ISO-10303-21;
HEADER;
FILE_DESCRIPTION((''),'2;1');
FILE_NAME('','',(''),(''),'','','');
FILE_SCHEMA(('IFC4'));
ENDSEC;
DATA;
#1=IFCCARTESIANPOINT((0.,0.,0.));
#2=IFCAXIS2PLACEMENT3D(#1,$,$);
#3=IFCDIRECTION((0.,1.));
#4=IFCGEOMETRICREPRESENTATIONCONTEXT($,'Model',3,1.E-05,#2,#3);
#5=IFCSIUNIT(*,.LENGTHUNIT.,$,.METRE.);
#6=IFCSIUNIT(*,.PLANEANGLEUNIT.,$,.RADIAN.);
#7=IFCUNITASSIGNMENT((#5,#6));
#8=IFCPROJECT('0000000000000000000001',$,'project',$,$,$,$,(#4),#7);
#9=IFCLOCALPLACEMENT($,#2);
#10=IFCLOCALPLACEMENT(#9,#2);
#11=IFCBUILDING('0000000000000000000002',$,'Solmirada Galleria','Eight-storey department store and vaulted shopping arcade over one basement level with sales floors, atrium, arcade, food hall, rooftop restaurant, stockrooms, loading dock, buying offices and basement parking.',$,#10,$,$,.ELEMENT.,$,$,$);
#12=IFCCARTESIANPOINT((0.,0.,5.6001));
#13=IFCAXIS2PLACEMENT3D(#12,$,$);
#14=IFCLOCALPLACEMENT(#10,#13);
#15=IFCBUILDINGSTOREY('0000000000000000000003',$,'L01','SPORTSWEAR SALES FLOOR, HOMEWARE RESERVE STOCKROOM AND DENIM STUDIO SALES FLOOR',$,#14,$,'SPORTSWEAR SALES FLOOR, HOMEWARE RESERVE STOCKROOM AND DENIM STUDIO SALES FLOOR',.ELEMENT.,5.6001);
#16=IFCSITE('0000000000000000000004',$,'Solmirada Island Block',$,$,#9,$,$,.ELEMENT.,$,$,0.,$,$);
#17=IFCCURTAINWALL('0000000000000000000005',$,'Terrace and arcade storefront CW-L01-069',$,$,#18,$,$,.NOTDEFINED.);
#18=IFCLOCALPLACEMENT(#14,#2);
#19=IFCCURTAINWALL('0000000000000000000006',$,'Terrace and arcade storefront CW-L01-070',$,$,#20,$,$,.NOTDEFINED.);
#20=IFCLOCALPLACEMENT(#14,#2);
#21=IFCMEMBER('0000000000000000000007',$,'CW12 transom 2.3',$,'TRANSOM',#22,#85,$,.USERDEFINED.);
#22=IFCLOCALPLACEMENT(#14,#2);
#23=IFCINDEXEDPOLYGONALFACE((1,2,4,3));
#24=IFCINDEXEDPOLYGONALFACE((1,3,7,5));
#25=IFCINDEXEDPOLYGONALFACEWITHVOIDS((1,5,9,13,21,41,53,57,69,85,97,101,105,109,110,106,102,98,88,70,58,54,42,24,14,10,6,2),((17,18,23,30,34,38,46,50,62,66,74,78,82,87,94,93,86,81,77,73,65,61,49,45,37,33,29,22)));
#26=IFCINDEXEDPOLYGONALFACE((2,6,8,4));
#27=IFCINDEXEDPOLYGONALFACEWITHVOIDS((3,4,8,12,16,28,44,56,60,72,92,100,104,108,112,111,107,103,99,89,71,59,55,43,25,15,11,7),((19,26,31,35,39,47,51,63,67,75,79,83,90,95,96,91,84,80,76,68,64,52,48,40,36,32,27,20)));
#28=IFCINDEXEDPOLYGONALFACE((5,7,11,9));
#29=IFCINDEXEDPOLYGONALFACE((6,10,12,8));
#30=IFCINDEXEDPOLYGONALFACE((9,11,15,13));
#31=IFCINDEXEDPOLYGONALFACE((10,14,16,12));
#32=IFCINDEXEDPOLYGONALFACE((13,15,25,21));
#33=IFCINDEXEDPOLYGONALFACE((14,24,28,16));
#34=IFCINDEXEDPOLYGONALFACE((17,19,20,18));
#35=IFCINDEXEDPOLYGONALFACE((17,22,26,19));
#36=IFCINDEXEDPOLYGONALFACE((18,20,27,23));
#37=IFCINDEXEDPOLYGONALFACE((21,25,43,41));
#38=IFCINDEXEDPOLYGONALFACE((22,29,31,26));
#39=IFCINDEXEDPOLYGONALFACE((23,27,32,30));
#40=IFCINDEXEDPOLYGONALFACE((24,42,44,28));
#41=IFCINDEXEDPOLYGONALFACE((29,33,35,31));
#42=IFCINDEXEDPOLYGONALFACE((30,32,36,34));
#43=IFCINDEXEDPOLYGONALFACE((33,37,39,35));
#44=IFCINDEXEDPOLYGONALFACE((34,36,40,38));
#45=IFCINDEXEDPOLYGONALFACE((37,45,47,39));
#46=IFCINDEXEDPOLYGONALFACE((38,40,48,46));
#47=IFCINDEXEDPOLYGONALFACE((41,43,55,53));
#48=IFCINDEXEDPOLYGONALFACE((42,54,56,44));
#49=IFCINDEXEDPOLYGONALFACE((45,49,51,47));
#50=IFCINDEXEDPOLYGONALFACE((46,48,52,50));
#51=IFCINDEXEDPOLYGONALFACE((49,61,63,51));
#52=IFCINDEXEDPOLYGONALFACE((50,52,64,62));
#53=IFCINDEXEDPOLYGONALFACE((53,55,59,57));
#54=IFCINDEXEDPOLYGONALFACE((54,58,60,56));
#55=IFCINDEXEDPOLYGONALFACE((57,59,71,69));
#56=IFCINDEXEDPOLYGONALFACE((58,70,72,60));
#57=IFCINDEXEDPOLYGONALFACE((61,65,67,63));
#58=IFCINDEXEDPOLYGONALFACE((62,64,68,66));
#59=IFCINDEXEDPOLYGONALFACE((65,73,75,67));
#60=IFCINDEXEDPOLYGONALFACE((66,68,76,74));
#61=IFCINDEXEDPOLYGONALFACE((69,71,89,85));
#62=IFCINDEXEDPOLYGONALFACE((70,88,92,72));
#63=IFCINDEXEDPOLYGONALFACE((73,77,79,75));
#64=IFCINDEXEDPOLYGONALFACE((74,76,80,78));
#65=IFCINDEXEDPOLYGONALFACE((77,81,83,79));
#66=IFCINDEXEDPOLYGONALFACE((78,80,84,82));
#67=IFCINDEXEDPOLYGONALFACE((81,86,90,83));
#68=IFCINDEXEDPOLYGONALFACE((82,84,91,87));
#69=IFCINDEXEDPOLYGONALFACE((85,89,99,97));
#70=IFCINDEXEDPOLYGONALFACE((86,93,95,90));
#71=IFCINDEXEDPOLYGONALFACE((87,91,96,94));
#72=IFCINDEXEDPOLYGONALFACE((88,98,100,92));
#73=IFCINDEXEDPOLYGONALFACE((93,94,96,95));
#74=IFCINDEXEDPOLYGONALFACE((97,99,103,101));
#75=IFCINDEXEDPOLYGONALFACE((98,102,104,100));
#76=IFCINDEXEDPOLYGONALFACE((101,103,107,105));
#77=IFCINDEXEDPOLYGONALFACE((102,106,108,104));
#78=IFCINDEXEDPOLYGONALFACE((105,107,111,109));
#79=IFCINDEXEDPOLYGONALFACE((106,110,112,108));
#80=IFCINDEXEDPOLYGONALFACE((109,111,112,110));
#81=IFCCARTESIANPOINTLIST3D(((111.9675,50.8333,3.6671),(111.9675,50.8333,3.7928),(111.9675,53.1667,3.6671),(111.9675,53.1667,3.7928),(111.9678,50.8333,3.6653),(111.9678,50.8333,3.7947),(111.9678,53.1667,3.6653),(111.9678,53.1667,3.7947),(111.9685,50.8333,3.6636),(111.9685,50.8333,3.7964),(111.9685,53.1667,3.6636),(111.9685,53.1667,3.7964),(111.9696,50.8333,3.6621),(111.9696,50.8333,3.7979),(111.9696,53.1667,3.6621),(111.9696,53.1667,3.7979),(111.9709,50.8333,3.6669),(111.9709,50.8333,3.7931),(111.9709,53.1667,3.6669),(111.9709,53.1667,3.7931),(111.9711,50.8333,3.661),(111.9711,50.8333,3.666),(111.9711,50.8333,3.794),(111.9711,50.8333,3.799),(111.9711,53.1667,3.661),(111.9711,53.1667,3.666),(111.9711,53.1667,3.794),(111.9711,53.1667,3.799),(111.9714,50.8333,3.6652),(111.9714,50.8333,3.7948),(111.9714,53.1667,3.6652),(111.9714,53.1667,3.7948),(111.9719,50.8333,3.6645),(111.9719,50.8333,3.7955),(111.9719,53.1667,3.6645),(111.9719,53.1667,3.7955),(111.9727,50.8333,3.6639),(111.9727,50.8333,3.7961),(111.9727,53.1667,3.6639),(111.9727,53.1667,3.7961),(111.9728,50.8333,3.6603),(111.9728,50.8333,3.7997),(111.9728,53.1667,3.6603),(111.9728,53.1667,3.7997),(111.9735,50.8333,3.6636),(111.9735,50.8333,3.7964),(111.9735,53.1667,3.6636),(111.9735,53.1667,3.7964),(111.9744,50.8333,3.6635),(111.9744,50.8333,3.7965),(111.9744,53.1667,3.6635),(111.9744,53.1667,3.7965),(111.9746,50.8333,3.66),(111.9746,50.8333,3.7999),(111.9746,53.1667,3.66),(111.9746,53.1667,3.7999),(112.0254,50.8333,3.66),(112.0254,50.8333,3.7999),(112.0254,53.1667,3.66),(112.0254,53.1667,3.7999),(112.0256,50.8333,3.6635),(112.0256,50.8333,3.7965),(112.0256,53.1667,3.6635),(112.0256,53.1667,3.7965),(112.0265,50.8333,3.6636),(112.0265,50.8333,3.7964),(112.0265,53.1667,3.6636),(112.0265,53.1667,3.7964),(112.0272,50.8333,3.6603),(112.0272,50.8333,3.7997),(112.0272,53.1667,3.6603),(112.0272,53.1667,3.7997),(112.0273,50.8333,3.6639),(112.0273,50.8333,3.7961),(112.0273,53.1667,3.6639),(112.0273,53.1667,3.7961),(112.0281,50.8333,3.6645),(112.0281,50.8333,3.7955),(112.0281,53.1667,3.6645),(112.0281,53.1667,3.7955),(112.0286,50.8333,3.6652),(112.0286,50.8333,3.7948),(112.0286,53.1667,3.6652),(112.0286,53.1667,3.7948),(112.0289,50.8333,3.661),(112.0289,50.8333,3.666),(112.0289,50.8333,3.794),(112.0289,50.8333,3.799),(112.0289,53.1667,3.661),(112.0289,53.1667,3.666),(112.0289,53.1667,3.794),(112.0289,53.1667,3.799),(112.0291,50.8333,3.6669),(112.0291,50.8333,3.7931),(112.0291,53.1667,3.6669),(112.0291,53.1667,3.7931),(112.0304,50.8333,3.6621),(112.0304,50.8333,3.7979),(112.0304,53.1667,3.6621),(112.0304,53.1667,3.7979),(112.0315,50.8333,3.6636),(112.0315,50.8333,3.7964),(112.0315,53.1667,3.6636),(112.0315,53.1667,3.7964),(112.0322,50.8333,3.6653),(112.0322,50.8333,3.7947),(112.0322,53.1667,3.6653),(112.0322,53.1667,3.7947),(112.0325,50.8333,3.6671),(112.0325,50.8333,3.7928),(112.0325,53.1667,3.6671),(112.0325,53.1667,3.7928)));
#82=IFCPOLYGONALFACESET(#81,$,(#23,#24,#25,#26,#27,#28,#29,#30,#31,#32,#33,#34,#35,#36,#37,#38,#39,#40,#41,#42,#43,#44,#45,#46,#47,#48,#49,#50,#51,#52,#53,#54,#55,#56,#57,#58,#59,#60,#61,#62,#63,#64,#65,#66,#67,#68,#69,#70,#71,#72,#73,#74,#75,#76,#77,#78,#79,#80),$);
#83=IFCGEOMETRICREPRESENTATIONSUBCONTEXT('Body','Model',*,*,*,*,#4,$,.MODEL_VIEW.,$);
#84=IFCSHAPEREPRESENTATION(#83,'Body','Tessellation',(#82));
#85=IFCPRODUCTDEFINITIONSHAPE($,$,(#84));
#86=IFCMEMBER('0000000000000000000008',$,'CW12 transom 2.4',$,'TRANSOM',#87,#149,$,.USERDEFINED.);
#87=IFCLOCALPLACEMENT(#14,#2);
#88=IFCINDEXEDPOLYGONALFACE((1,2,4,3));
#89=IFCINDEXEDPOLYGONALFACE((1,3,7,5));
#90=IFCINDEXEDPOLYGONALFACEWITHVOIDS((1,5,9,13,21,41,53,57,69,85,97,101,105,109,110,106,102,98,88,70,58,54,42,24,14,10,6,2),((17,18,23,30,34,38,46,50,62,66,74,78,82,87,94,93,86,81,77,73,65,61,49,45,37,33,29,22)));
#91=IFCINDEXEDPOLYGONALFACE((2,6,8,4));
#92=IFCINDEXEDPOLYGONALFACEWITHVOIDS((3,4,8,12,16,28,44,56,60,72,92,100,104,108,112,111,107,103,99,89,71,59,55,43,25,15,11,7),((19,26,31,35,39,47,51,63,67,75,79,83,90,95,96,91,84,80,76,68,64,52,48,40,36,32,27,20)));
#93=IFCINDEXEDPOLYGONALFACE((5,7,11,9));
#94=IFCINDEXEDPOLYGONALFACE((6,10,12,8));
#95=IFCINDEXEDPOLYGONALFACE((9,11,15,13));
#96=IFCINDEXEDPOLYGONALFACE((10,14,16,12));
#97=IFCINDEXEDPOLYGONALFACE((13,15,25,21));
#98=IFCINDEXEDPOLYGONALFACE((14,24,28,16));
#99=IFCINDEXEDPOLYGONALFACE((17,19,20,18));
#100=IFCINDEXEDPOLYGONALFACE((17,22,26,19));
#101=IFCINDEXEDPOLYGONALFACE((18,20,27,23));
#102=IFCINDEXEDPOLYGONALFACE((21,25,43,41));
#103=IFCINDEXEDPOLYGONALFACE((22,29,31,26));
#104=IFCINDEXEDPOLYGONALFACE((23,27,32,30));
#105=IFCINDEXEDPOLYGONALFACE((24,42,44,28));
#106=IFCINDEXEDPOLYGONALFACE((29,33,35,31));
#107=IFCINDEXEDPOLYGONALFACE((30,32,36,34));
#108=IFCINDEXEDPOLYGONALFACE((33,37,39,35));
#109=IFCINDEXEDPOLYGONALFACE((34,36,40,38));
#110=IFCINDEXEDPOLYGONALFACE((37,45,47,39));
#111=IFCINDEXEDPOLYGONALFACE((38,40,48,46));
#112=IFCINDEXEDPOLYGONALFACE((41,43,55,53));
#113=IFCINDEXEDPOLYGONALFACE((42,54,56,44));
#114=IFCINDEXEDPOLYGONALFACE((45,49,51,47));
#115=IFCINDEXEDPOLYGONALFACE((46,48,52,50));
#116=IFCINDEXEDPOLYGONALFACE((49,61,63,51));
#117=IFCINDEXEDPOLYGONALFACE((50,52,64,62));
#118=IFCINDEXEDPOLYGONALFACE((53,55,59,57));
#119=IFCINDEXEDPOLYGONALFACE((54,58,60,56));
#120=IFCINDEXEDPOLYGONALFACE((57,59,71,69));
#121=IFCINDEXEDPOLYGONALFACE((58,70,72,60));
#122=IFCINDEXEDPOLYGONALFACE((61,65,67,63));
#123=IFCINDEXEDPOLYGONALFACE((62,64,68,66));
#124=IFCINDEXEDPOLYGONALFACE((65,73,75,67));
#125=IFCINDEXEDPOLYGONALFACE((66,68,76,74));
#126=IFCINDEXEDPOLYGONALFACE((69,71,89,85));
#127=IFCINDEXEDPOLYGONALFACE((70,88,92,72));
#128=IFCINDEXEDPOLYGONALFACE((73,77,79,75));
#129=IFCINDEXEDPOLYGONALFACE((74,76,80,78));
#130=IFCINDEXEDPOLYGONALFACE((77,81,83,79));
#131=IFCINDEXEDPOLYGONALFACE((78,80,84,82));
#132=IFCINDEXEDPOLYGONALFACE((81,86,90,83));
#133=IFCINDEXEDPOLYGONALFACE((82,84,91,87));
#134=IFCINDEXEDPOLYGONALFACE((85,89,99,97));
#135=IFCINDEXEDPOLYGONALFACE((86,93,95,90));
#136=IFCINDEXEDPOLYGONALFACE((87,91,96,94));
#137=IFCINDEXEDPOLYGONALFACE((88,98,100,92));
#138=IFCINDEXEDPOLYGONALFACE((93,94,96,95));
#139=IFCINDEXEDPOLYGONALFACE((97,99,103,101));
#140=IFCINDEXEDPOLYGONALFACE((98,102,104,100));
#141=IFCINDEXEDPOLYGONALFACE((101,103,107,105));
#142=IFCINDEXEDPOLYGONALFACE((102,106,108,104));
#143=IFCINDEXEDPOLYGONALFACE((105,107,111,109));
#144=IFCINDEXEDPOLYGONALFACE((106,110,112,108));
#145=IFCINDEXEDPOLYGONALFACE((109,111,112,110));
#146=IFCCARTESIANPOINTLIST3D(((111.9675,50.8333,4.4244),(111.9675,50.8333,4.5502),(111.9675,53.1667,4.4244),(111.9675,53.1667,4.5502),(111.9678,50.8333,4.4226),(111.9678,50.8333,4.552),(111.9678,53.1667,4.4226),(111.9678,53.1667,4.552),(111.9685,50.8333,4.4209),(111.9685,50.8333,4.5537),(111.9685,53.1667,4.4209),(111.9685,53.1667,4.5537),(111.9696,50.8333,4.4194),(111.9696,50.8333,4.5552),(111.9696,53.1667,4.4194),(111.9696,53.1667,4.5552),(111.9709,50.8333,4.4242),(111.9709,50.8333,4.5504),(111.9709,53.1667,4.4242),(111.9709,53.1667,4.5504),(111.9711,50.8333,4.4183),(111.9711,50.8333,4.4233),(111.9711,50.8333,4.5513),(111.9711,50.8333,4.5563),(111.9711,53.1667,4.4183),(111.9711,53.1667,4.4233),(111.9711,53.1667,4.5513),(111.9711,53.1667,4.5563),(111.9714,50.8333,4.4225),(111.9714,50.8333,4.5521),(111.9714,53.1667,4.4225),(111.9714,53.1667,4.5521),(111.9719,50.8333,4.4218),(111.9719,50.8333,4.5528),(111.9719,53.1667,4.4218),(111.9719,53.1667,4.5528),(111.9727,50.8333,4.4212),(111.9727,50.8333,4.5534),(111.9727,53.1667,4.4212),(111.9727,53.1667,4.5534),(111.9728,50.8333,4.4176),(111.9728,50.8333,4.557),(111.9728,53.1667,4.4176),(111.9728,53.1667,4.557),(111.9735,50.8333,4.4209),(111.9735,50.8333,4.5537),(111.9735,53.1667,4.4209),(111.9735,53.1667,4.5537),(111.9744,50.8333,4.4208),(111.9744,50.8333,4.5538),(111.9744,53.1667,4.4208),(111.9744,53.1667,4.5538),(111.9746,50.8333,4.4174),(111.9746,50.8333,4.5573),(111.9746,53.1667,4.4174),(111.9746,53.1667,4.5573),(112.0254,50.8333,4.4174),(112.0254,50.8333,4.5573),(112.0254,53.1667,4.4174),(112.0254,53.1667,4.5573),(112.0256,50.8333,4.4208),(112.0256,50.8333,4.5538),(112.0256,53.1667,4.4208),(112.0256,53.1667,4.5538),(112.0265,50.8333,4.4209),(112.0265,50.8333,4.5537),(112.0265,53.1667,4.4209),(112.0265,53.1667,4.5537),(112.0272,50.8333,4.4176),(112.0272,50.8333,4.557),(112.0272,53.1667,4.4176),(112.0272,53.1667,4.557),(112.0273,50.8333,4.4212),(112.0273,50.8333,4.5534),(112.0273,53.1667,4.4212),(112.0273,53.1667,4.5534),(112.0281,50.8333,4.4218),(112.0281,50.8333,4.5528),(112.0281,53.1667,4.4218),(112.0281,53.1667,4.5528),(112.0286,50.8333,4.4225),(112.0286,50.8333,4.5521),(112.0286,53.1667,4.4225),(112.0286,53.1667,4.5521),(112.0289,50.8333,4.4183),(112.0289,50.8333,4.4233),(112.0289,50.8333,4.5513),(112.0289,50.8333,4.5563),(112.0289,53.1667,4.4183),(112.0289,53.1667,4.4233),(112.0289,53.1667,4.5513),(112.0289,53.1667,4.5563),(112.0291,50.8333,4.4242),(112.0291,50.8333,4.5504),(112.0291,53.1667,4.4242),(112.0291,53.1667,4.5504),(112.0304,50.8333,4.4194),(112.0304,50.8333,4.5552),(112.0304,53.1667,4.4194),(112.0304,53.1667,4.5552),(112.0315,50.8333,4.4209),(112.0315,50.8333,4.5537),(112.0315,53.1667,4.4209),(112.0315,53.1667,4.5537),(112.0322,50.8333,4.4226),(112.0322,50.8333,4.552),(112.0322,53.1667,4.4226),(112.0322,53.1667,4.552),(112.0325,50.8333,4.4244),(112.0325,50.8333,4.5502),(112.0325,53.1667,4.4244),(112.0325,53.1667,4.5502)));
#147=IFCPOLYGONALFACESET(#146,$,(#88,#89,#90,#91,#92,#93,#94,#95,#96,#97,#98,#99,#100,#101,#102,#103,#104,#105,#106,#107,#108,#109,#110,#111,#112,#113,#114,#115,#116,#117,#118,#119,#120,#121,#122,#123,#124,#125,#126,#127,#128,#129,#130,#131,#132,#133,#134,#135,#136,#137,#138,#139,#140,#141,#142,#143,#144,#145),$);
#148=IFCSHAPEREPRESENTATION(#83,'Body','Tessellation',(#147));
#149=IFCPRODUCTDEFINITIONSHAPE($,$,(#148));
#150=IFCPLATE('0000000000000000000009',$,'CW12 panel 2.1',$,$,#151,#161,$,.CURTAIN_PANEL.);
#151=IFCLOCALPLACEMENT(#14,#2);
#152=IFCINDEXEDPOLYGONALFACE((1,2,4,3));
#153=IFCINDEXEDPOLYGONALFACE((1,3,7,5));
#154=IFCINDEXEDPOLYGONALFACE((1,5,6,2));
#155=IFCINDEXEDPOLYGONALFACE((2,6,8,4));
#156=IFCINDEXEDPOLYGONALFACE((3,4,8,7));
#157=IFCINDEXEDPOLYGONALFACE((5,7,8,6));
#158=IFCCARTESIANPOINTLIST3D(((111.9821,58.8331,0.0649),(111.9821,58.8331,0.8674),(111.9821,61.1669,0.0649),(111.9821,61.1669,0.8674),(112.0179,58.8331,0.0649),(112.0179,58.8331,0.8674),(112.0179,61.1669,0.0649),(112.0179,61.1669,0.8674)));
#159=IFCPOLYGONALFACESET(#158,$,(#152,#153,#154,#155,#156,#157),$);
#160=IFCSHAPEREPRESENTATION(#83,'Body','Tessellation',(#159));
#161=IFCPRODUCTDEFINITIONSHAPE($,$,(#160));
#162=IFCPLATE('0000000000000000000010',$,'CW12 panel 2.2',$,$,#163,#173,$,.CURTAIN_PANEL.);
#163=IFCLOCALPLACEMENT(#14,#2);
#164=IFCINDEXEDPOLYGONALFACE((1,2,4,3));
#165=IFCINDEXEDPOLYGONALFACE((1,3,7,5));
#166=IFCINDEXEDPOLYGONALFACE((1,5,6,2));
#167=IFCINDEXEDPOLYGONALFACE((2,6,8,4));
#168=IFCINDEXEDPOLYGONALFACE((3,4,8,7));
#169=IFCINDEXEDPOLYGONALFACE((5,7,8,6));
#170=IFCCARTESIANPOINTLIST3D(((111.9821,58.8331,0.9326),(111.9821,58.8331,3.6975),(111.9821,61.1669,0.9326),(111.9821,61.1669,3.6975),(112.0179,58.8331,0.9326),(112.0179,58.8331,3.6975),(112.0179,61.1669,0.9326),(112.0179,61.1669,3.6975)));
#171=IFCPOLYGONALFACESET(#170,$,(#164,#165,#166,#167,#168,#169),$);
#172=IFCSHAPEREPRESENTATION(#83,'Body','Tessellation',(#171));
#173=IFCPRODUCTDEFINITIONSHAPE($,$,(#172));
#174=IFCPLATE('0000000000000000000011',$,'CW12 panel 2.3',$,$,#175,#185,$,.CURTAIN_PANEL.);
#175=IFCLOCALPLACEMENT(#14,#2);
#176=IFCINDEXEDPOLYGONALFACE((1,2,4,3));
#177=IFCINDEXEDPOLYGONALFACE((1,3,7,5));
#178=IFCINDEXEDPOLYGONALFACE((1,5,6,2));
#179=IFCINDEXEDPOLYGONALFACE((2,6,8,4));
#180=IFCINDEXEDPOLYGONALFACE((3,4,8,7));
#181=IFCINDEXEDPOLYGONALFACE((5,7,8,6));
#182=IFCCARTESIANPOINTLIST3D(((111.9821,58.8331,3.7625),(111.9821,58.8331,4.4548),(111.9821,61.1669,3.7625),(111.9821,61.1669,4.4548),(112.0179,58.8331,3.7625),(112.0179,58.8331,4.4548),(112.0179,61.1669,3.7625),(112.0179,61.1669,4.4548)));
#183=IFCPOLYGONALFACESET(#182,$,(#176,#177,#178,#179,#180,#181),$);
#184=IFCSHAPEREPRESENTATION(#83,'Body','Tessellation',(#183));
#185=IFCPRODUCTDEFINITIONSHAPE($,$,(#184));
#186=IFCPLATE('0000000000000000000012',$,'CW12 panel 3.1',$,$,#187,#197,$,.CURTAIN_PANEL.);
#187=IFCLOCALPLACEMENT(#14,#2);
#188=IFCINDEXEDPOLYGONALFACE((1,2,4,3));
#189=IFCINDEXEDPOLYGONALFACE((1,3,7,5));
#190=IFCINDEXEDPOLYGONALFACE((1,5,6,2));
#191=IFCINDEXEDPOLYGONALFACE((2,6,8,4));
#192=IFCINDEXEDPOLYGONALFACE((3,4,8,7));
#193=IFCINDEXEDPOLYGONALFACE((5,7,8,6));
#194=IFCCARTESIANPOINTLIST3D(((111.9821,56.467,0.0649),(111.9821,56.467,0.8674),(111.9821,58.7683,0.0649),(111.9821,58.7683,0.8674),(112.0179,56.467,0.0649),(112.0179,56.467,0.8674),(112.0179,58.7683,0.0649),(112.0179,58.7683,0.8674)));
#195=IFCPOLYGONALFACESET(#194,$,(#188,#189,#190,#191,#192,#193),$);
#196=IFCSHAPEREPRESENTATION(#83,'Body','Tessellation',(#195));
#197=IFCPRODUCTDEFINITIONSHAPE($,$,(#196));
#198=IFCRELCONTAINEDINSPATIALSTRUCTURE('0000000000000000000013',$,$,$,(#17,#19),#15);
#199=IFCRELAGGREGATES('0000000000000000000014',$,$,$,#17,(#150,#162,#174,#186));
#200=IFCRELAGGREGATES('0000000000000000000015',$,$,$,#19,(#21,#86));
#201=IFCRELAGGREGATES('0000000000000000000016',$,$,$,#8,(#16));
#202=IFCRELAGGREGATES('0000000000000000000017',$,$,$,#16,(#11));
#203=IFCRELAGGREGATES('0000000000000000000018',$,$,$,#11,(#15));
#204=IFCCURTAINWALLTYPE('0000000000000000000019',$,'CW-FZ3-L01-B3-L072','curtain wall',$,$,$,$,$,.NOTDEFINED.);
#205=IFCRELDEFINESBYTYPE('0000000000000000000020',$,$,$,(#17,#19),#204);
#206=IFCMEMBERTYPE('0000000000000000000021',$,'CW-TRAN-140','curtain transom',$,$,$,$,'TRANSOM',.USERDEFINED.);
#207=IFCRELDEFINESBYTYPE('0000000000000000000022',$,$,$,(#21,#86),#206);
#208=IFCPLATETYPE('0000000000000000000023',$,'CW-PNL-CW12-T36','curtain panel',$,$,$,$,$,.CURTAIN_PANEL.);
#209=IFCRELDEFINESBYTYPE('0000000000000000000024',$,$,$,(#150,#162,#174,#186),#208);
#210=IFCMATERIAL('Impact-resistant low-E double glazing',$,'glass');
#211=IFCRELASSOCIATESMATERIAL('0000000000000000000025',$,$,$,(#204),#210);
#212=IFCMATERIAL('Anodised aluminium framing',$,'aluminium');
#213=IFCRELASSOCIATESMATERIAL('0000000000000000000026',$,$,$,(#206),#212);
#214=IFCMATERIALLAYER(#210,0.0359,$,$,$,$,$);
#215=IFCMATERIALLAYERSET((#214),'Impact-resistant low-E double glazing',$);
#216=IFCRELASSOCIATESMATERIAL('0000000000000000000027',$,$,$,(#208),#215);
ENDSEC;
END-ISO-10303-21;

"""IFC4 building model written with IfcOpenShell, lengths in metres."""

from ifc_helpers import new_model, si_unit, direction, frame, origin, origin_2d, place, context, subcontext, project, spatial, rectangle, hollow_rectangle, extrude, material, layer, layer_set, material_profile, profile_set, type_object, element, aggregate, save


model = new_model("IFC4")

# Units and contexts
model_context = context("Model", 3, precision=1e-05, world=origin(), true_north=direction((0.0, 1.0)))
body_context = subcontext(model_context, "Body", "Model", "MODEL_VIEW")
ifc_project = project(units=[si_unit("LENGTHUNIT", "METRE"), si_unit("PLANEANGLEUNIT", "RADIAN")], contexts=[model_context])

# Site, building, storey
site_placement = place(None, origin())
site = spatial("IfcSite", under=ifc_project, at=site_placement, Name="Solmirada Island Block", CompositionType="ELEMENT", RefElevation=0.0)
building_placement = place(site_placement, origin())
building = spatial("IfcBuilding", under=site, at=building_placement, Name="Solmirada Galleria", Description="Eight-storey department store and vaulted shopping arcade over one basement level with sales floors, atrium, arcade, food hall, rooftop restaurant, stockrooms, loading dock, buying offices and basement parking.", CompositionType="ELEMENT")
storey_placement = place(building_placement, frame((0.0, 0.0, 5.6001)))
storey = spatial("IfcBuildingStorey", under=building, at=storey_placement, Name="L01", Description="SPORTSWEAR SALES FLOOR, HOMEWARE RESERVE STOCKROOM AND DENIM STUDIO SALES FLOOR", LongName="SPORTSWEAR SALES FLOOR, HOMEWARE RESERVE STOCKROOM AND DENIM STUDIO SALES FLOOR", CompositionType="ELEMENT", Elevation=5.6001)

# Curtain walls
ifc_material_1 = material(Name="Impact-resistant low-E double glazing", Category="glass")
curtain_wall_type = type_object("IfcCurtainWallType", Name="CW-FZ3-L01-B3-L072", Description="curtain wall", PredefinedType="NOTDEFINED", material=ifc_material_1)
curtain_wall_1_placement = place(storey_placement, origin())
curtain_wall_1 = element("IfcCurtainWall", 1, at=curtain_wall_1_placement, inside=storey, type_object=curtain_wall_type, Name="Terrace and arcade storefront CW-L01-069", PredefinedType="NOTDEFINED")
ifc_material_2 = material(Name="Anodised aluminium framing", Category="aluminium")
curtain_wall_2_placement = place(storey_placement, origin())
curtain_wall_2 = element("IfcCurtainWall", 2, at=curtain_wall_2_placement, inside=storey, type_object=curtain_wall_type, Name="Terrace and arcade storefront CW-L01-070", PredefinedType="NOTDEFINED")

# Members
ifc_material_profile_1 = material_profile(ifc_material_2, hollow_rectangle(XDim=0.0649, YDim=0.1399, WallThickness=0.0034, InnerFilletRadius=0.0034, OuterFilletRadius=0.0071, at=origin_2d()), Name="ALU-TRAN-140X65")
ifc_profile_set_1 = profile_set([ifc_material_profile_1], Name="Anodised aluminium framing")
member_type_1 = type_object("IfcMemberType", Name="CW-TRAN-140", Description="curtain transom", ElementType="TRANSOM", PredefinedType="USERDEFINED", material=ifc_profile_set_1)
member_1_placement = place(storey_placement, frame((112.0, 53.1667, 3.73), z_axis=(0.0, -1.0, 0.0), x_axis=(1.0, 0.0, 0.0)))
member_1 = element("IfcMember", 3, at=member_1_placement, type_object=member_type_1, Name="CW12 transom 2.3", ObjectType="TRANSOM", PredefinedType="USERDEFINED", context=body_context, shape_type="SweptSolid", body=[
    extrude(hollow_rectangle(XDim=0.0649, YDim=0.1399, WallThickness=0.0034, InnerFilletRadius=0.0034, OuterFilletRadius=0.0071, at=origin_2d()), origin(), (0.0, 0.0, 1.0), 2.3335),
])
member_2_placement = place(storey_placement, frame((112.0, 53.1667, 4.4873), z_axis=(0.0, -1.0, 0.0), x_axis=(1.0, 0.0, 0.0)))
member_2 = element("IfcMember", 4, at=member_2_placement, type_object=member_type_1, Name="CW12 transom 2.4", ObjectType="TRANSOM", PredefinedType="USERDEFINED", context=body_context, shape_type="SweptSolid", body=[
    extrude(hollow_rectangle(XDim=0.0649, YDim=0.1399, WallThickness=0.0034, InnerFilletRadius=0.0034, OuterFilletRadius=0.0071, at=origin_2d()), origin(), (0.0, 0.0, 1.0), 2.3335),
])

# Plates
ifc_layer = layer(ifc_material_1, 0.0359)
ifc_layer_set = layer_set([ifc_layer], Name="Impact-resistant low-E double glazing")
plate_type = type_object("IfcPlateType", Name="CW-PNL-CW12-T36", Description="curtain panel", PredefinedType="CURTAIN_PANEL", material=ifc_layer_set)
plate_1_placement = place(storey_placement, frame((112.0, 60.0, 0.0649), z_axis=(0.0, 0.0, 1.0), x_axis=(0.0, -1.0, 0.0)))
plate_1 = element("IfcPlate", 5, at=plate_1_placement, type_object=plate_type, Name="CW12 panel 2.1", PredefinedType="CURTAIN_PANEL", context=body_context, shape_type="SweptSolid", body=[
    extrude(rectangle(XDim=2.3337, YDim=0.0359, at=origin_2d()), origin(), (0.0, 0.0, 1.0), 0.8025),
])
plate_2_placement = place(storey_placement, frame((112.0, 60.0, 0.9326), z_axis=(0.0, 0.0, 1.0), x_axis=(0.0, -1.0, 0.0)))
plate_2 = element("IfcPlate", 6, at=plate_2_placement, type_object=plate_type, Name="CW12 panel 2.2", PredefinedType="CURTAIN_PANEL", context=body_context, shape_type="SweptSolid", body=[
    extrude(rectangle(XDim=2.3337, YDim=0.0359, at=origin_2d()), origin(), (0.0, 0.0, 1.0), 2.7649),
])
plate_3_placement = place(storey_placement, frame((112.0, 60.0, 3.7625), z_axis=(0.0, 0.0, 1.0), x_axis=(0.0, -1.0, 0.0)))
plate_3 = element("IfcPlate", 7, at=plate_3_placement, type_object=plate_type, Name="CW12 panel 2.3", PredefinedType="CURTAIN_PANEL", context=body_context, shape_type="SweptSolid", body=[
    extrude(rectangle(XDim=2.3337, YDim=0.0359, at=origin_2d()), origin(), (0.0, 0.0, 1.0), 0.6924),
])
plate_4_placement = place(storey_placement, frame((112.0, 57.6177, 0.0649), z_axis=(0.0, 0.0, 1.0), x_axis=(0.0, -1.0, 0.0)))
plate_4 = element("IfcPlate", 8, at=plate_4_placement, type_object=plate_type, Name="CW12 panel 3.1", PredefinedType="CURTAIN_PANEL", context=body_context, shape_type="SweptSolid", body=[
    extrude(rectangle(XDim=2.3013, YDim=0.0359, at=origin_2d()), origin(), (0.0, 0.0, 1.0), 0.8025),
])
aggregate(curtain_wall_1, [plate_1, plate_2, plate_3, plate_4])
aggregate(curtain_wall_2, [member_1, member_2])

save(model, "model.ifc")
